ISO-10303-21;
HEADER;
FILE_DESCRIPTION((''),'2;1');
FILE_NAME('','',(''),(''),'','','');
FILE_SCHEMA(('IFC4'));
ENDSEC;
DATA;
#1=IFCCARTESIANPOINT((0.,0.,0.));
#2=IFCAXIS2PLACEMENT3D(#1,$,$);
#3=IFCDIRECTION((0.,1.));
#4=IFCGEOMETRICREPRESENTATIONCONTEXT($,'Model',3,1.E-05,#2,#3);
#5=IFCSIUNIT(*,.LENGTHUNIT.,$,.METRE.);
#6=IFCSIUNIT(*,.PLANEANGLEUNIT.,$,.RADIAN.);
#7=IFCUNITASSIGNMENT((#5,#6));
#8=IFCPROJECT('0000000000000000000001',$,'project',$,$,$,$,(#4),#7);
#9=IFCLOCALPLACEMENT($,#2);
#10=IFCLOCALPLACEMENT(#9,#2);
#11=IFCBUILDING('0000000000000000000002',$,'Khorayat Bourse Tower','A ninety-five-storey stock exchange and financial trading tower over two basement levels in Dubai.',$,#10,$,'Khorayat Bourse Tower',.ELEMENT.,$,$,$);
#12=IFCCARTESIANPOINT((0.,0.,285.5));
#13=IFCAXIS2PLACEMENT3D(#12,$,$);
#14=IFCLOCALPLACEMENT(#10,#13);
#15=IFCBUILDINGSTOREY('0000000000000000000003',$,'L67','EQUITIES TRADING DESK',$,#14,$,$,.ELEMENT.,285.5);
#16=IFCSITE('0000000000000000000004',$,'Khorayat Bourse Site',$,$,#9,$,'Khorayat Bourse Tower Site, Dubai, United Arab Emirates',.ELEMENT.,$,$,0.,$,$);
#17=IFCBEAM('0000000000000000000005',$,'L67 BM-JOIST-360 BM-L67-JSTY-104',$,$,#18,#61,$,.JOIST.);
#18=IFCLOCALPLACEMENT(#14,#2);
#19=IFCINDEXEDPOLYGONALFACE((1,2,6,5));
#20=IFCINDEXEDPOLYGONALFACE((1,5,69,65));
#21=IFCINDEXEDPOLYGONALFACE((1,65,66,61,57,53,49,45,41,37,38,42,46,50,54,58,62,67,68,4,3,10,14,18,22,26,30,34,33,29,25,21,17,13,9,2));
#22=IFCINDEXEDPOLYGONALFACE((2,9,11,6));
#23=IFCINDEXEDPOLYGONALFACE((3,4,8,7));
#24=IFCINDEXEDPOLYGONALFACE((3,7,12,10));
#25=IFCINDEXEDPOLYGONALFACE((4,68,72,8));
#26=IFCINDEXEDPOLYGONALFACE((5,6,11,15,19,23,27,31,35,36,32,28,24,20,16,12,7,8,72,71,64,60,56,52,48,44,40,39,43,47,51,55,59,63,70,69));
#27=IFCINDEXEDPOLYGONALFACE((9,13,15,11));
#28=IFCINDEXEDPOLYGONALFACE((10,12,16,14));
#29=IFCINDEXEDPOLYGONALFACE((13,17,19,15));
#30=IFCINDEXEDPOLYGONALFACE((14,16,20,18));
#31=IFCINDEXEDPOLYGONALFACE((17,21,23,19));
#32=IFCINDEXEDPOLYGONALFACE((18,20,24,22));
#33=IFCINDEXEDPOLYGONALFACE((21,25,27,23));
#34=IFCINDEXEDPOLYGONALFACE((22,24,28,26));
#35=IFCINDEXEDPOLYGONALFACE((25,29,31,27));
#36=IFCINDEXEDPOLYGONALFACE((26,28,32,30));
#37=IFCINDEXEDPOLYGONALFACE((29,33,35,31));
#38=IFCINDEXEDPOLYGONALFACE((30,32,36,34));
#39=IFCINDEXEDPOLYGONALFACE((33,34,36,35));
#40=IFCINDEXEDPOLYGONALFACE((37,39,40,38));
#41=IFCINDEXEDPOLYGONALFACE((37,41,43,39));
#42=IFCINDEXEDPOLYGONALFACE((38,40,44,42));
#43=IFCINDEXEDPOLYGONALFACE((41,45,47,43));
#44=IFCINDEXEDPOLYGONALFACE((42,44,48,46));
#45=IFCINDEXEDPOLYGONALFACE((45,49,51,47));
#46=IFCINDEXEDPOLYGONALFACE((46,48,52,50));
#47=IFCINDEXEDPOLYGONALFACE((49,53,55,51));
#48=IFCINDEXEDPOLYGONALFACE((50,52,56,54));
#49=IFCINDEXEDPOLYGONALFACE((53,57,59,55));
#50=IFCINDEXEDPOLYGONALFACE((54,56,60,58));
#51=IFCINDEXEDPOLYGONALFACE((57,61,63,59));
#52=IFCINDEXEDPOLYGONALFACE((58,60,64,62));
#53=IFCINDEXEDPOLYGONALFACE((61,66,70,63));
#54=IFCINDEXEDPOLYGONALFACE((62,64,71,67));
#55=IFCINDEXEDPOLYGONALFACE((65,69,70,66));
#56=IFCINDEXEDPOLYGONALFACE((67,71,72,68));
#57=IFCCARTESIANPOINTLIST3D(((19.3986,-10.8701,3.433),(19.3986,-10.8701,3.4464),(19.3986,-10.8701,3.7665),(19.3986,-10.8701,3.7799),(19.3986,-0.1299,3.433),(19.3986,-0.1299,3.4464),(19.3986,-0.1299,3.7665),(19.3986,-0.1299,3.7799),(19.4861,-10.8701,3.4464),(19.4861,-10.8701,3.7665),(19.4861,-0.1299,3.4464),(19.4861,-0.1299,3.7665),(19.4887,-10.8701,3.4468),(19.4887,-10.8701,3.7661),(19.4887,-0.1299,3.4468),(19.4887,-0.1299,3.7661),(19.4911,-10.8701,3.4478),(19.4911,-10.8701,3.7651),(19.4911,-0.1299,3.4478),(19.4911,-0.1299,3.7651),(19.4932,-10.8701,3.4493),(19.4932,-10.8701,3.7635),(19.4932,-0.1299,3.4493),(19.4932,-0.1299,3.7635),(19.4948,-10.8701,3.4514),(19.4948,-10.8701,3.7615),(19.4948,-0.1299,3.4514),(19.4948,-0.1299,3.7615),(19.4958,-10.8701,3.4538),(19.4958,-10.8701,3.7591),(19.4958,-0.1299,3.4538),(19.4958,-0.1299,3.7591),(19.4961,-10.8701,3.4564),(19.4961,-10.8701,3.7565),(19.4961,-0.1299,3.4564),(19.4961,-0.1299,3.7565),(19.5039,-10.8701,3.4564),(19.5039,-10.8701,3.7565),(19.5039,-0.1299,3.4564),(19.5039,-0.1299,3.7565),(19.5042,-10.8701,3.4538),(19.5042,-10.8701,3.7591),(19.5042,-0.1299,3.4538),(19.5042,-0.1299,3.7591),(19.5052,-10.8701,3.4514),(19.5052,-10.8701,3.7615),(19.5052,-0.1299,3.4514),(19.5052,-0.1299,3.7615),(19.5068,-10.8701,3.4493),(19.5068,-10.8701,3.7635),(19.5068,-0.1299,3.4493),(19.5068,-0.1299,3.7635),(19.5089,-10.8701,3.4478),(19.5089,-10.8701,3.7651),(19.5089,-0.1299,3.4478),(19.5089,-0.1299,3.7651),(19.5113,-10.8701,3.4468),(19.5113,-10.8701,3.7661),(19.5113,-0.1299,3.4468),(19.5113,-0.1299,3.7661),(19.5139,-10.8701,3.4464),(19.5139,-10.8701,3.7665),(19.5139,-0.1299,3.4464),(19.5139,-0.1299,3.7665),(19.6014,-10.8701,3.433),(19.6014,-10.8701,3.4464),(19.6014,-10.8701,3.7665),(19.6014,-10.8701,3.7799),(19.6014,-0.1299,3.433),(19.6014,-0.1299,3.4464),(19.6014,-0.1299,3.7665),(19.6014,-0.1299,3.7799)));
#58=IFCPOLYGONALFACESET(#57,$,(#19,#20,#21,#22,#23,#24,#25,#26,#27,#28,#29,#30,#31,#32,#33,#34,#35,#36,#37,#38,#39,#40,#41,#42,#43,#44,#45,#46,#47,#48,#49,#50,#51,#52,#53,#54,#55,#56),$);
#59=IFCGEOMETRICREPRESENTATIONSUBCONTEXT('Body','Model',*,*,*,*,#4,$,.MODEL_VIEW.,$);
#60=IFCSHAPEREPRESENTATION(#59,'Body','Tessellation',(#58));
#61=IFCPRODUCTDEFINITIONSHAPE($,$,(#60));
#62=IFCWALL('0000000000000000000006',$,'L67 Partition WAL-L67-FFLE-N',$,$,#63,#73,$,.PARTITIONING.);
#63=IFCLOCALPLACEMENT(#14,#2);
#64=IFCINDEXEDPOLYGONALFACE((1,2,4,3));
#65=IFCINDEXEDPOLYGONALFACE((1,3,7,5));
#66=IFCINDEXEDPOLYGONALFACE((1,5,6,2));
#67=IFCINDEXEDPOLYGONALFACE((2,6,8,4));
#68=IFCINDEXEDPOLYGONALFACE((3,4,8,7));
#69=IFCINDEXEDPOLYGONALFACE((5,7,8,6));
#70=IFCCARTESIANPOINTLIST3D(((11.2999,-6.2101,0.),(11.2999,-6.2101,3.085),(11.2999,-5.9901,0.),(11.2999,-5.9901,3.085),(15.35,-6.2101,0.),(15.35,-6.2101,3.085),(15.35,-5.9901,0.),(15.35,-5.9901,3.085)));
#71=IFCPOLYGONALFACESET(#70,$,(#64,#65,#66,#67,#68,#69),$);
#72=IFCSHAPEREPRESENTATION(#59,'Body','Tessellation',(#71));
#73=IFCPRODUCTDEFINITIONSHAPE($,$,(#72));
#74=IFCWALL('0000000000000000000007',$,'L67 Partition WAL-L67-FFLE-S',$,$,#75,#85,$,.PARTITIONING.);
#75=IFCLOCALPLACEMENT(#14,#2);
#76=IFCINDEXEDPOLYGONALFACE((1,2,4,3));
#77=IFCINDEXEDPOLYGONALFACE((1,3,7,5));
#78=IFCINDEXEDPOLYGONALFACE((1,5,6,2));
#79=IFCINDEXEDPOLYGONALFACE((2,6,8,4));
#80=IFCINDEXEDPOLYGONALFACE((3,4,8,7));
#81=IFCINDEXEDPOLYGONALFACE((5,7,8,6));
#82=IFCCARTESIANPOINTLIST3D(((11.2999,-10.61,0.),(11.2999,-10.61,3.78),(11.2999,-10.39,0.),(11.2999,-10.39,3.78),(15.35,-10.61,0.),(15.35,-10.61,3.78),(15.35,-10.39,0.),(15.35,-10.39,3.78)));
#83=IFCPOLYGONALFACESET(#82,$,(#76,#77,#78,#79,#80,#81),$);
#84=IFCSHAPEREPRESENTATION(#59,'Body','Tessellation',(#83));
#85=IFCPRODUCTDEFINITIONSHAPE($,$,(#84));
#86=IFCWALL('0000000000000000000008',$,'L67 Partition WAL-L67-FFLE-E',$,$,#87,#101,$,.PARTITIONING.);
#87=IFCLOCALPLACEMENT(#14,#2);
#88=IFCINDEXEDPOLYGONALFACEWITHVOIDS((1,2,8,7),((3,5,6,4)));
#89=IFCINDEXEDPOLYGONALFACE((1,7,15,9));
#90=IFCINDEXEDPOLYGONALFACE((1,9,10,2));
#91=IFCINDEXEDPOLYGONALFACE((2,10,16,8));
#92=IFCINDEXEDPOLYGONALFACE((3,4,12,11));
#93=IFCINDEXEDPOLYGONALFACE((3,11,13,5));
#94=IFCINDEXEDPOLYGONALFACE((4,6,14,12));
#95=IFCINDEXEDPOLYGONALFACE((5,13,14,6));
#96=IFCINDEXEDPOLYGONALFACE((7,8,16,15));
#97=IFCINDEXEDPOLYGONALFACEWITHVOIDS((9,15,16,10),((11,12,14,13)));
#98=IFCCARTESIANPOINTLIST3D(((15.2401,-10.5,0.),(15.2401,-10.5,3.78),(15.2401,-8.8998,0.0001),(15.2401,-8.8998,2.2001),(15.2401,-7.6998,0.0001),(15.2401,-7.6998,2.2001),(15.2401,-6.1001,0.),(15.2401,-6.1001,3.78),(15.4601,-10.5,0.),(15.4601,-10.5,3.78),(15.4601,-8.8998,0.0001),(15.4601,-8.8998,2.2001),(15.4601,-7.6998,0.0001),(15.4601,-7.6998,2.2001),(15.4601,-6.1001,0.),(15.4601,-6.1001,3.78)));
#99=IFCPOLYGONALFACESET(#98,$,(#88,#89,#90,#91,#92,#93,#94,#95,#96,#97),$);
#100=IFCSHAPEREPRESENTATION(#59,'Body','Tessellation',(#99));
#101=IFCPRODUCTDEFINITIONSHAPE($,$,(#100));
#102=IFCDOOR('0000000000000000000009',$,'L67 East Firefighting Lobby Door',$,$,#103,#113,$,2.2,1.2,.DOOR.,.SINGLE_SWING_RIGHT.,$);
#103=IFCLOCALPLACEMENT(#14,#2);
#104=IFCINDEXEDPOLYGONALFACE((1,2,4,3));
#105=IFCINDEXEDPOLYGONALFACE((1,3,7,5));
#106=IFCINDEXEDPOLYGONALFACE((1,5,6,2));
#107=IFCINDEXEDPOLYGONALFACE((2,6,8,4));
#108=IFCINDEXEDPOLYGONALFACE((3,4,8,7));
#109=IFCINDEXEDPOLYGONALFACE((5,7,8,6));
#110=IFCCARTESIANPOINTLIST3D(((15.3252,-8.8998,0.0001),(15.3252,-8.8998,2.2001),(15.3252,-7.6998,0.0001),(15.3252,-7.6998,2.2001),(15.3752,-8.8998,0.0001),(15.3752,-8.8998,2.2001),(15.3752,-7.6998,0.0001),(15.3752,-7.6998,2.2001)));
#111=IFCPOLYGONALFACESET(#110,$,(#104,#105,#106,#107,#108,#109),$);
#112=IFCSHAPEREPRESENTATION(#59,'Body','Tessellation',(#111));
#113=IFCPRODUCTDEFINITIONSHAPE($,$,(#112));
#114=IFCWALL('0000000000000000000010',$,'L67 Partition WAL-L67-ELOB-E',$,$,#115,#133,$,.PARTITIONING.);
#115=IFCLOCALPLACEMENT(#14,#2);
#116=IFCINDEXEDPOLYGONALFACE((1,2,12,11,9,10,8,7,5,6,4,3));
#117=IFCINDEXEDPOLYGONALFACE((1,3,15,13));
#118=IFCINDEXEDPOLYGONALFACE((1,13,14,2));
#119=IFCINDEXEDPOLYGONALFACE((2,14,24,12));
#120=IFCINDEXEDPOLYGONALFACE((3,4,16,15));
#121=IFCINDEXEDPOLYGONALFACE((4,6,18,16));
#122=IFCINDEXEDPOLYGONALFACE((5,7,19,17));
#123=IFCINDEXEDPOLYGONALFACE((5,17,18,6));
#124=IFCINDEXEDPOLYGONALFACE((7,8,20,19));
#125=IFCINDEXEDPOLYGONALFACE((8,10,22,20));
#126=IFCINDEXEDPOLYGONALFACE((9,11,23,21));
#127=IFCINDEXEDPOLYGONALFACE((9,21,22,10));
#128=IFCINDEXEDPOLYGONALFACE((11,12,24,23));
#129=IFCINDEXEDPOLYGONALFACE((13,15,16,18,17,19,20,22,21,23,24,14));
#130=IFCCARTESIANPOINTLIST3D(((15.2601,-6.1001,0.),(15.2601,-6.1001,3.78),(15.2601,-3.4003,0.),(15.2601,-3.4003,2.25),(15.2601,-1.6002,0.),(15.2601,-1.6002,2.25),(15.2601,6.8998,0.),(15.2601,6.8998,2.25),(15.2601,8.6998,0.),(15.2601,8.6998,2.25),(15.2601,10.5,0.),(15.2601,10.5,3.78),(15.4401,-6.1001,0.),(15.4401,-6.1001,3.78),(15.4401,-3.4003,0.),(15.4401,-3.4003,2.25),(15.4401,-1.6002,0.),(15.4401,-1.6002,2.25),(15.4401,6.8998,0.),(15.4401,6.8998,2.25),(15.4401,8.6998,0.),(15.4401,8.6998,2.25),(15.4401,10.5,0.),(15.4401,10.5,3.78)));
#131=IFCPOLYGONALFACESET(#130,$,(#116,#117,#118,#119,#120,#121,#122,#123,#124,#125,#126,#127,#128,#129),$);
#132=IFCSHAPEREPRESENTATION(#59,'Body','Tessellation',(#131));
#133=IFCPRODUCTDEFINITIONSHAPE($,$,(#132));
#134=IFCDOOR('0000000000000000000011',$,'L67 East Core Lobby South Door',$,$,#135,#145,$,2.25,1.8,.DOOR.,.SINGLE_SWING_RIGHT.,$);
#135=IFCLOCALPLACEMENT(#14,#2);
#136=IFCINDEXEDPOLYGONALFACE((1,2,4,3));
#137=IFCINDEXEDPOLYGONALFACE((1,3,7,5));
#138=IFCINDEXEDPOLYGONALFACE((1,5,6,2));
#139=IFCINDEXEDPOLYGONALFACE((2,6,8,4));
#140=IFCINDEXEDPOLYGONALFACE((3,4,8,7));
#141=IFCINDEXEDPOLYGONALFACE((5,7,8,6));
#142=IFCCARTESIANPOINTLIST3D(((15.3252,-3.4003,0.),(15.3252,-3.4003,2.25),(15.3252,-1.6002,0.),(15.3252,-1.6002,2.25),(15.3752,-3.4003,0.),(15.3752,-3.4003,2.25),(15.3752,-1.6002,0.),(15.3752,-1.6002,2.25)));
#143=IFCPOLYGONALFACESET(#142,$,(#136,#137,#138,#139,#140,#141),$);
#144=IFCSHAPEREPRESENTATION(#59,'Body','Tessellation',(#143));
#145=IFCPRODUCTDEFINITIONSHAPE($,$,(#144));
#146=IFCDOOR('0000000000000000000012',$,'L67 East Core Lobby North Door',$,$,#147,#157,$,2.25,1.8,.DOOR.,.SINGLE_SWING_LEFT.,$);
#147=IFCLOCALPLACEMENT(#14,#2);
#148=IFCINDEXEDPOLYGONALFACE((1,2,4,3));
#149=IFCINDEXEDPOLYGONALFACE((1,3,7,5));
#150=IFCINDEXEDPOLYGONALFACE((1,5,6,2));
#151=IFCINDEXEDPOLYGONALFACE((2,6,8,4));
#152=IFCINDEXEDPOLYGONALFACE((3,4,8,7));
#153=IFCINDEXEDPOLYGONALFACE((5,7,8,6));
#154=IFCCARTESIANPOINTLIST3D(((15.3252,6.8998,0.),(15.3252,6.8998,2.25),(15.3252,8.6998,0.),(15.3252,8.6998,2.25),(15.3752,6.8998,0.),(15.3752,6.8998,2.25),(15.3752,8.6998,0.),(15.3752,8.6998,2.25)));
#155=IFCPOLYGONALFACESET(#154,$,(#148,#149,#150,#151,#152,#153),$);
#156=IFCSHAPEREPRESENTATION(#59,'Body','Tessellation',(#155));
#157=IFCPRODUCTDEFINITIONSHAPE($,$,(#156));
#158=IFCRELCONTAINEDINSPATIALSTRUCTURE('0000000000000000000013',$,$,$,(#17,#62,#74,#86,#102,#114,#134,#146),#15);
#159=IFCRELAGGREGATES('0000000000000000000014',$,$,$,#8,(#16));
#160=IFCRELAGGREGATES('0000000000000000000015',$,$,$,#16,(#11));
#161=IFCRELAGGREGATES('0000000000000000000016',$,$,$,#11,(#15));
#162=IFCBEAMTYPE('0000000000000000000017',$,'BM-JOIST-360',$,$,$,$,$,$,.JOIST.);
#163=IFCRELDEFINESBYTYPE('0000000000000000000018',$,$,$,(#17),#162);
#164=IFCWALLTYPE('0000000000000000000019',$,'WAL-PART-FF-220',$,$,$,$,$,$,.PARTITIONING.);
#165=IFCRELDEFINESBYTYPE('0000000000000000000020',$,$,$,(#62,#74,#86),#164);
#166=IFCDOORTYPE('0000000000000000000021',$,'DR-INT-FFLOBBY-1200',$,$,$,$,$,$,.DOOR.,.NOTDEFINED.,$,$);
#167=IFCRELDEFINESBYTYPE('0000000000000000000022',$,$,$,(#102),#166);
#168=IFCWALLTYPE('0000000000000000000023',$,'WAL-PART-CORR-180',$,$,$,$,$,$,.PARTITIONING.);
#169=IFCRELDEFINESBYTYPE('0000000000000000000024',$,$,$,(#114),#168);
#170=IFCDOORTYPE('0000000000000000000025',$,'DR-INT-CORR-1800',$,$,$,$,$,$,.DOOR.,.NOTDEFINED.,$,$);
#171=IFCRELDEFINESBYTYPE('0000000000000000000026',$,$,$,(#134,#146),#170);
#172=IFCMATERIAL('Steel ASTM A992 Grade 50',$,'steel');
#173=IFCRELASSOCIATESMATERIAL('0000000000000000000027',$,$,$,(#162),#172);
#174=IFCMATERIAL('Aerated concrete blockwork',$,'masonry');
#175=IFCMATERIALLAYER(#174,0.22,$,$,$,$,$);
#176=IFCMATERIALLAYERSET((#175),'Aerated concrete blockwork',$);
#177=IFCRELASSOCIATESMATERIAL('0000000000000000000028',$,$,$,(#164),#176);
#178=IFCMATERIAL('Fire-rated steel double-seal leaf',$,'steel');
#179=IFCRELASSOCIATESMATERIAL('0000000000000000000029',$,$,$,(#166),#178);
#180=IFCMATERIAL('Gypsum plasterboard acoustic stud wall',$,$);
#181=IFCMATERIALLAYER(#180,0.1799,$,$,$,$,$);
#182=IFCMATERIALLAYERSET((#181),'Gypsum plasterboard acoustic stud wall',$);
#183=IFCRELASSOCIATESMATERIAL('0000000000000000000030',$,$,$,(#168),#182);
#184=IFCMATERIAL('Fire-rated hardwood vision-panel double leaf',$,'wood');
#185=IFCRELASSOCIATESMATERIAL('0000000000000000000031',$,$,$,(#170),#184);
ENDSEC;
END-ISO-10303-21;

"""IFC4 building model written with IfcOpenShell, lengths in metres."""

from ifc_helpers import new_model, si_unit, direction, frame, frame_2d, origin, origin_2d, place, context, subcontext, project, spatial, rectangle, i_section, extrude, source, transform, mapped, material, layer, layer_set, material_profile, profile_set, type_object, element, fill, save


model = new_model("IFC4")

# Units and contexts
model_context = context("Model", 3, precision=1e-05, world=origin(), true_north=direction((0.0, 1.0)))
body_context = subcontext(model_context, "Body", "Model", "MODEL_VIEW")
ifc_project = project(units=[si_unit("LENGTHUNIT", "METRE"), si_unit("PLANEANGLEUNIT", "RADIAN")], contexts=[model_context])

# Site, building, storey
site_placement = place(None, origin())
site = spatial("IfcSite", under=ifc_project, at=site_placement, Name="Khorayat Bourse Site", LongName="Khorayat Bourse Tower Site, Dubai, United Arab Emirates", CompositionType="ELEMENT", RefElevation=0.0)
building_placement = place(site_placement, origin())
building = spatial("IfcBuilding", under=site, at=building_placement, Name="Khorayat Bourse Tower", Description="A ninety-five-storey stock exchange and financial trading tower over two basement levels in Dubai.", LongName="Khorayat Bourse Tower", CompositionType="ELEMENT")
storey_placement = place(building_placement, frame((0.0, 0.0, 285.5)))
storey = spatial("IfcBuildingStorey", under=building, at=storey_placement, Name="L67", Description="EQUITIES TRADING DESK", CompositionType="ELEMENT", Elevation=285.5)

# Beam
ifc_material_1 = material(Name="Steel ASTM A992 Grade 50", Category="steel")
ifc_material_profile_1 = material_profile(ifc_material_1, i_section(OverallWidth=0.2029, OverallDepth=0.3469, WebThickness=0.0078, FlangeThickness=0.0134, FilletRadius=0.01, at=origin_2d()), Name="W360X64")
ifc_profile_set_1 = profile_set([ifc_material_profile_1], Name="Steel ASTM A992 Grade 50")
beam_type_1 = type_object("IfcBeamType", Name="BM-JOIST-360", PredefinedType="JOIST", material=ifc_profile_set_1)
shared_shape_1 = source(origin(), body_context, "Body", "SweptSolid", [
    extrude(i_section(OverallWidth=0.2029, OverallDepth=0.3469, WebThickness=0.0078, FlangeThickness=0.0134, FilletRadius=0.01, at=origin_2d()), origin(), (0.0, 0.0, 1.0), 10.7402),
])
beam_1_placement = place(storey_placement, frame((19.5, -10.8701, 3.6064), z_axis=(0.0, 1.0, 0.0), x_axis=(-1.0, 0.0, 0.0)))
element("IfcBeam", 1, at=beam_1_placement, inside=storey, type_object=beam_type_1, Name="L67 BM-JOIST-360 BM-L67-JSTY-104", PredefinedType="JOIST", context=body_context, shape_type="MappedRepresentation", body=[
    mapped(shared_shape_1, transform((0.0, 0.0, 0.0), scale=1.0)),
])

# Walls
ifc_material_2 = material(Name="Aerated concrete blockwork", Category="masonry")
ifc_layer_1 = layer(ifc_material_2, 0.22)
ifc_layer_set_1 = layer_set([ifc_layer_1], Name="Aerated concrete blockwork")
wall_type_1 = type_object("IfcWallType", Name="WAL-PART-FF-220", PredefinedType="PARTITIONING", material=ifc_layer_set_1)
shared_shape_2 = source(origin(), body_context, "Body", "SweptSolid", [
    extrude(rectangle(XDim=4.05, YDim=0.22, at=frame_2d((2.0249, 0.0))), origin(), (0.0, 0.0, 1.0), 3.085),
])
wall_1_placement = place(storey_placement, frame((11.3, -6.1001, 0.0), z_axis=(0.0, 0.0, 1.0), x_axis=(1.0, 0.0, 0.0)))
element("IfcWall", 2, at=wall_1_placement, inside=storey, type_object=wall_type_1, Name="L67 Partition WAL-L67-FFLE-N", PredefinedType="PARTITIONING", context=body_context, shape_type="MappedRepresentation", body=[
    mapped(shared_shape_2, transform((0.0, 0.0, 0.0), scale=1.0)),
])
shared_shape_3 = source(origin(), body_context, "Body", "SweptSolid", [
    extrude(rectangle(XDim=4.05, YDim=0.22, at=frame_2d((2.0249, 0.0))), origin(), (0.0, 0.0, 1.0), 3.78),
])
wall_2_placement = place(storey_placement, frame((11.3, -10.5, 0.0), z_axis=(0.0, 0.0, 1.0), x_axis=(1.0, 0.0, 0.0)))
element("IfcWall", 3, at=wall_2_placement, inside=storey, type_object=wall_type_1, Name="L67 Partition WAL-L67-FFLE-S", PredefinedType="PARTITIONING", context=body_context, shape_type="MappedRepresentation", body=[
    mapped(shared_shape_3, transform((0.0, 0.0, 0.0), scale=1.0)),
])

# Wall, opening, door
shared_shape_4 = source(origin(), body_context, "Body", "SweptSolid", [
    extrude(rectangle(XDim=4.3999, YDim=0.22, at=frame_2d((2.2, 0.0))), origin(), (0.0, 0.0, 1.0), 3.78),
])
wall_3_placement = place(storey_placement, frame((15.3501, -10.5, 0.0), z_axis=(0.0, 0.0, 1.0), x_axis=(0.0, 1.0, 0.0)))
wall_3 = element("IfcWall", 4, at=wall_3_placement, inside=storey, type_object=wall_type_1, Name="L67 Partition WAL-L67-FFLE-E", PredefinedType="PARTITIONING", context=body_context, shape_type="MappedRepresentation", body=[
    mapped(shared_shape_4, transform((0.0, 0.0, 0.0), scale=1.0)),
])
shared_shape_5 = source(origin(), body_context, "Body", "SweptSolid", [
    extrude(rectangle(XDim=1.2, YDim=2.2, at=frame_2d((0.6001, 1.1001))), frame((0.0, 0.1199, 0.0), z_axis=(0.0, -1.0, 0.0), x_axis=(1.0, 0.0, 0.0)), (0.0, 0.0, 1.0), 0.24),
])
opening_1_placement = place(wall_3_placement, frame((1.6001, 0.0, 0.0)))
opening_1 = element("IfcOpeningElement", 5, at=opening_1_placement, cuts=wall_3, PredefinedType="OPENING", context=body_context, shape_type="MappedRepresentation", body=[
    mapped(shared_shape_5, transform((0.0, 0.0, 0.0), scale=1.0)),
])
ifc_material_3 = material(Name="Fire-rated steel double-seal leaf", Category="steel")
door_type_1 = type_object("IfcDoorType", Name="DR-INT-FFLOBBY-1200", OperationType="NOTDEFINED", PredefinedType="DOOR", material=ifc_material_3)
shared_shape_6 = source(origin(), body_context, "Body", "SweptSolid", [
    extrude(rectangle(XDim=1.2, YDim=2.2, at=frame_2d((0.6001, 1.1001))), frame((0.0, 0.0249, 0.0), z_axis=(0.0, -1.0, 0.0), x_axis=(1.0, 0.0, 0.0)), (0.0, 0.0, 1.0), 0.05),
])
door_1_placement = place(opening_1_placement, origin())
door_1 = element("IfcDoor", 6, at=door_1_placement, inside=storey, type_object=door_type_1, Name="L67 East Firefighting Lobby Door", OperationType="SINGLE_SWING_RIGHT", OverallHeight=2.2, OverallWidth=1.2, PredefinedType="DOOR", context=body_context, shape_type="MappedRepresentation", body=[
    mapped(shared_shape_6, transform((0.0, 0.0, 0.0), scale=1.0)),
])
fill(opening_1, door_1)

# Wall, openings, doors
ifc_material_4 = material(Name="Gypsum plasterboard acoustic stud wall")
ifc_layer_2 = layer(ifc_material_4, 0.1799)
ifc_layer_set_2 = layer_set([ifc_layer_2], Name="Gypsum plasterboard acoustic stud wall")
wall_type_2 = type_object("IfcWallType", Name="WAL-PART-CORR-180", PredefinedType="PARTITIONING", material=ifc_layer_set_2)
shared_shape_7 = source(origin(), body_context, "Body", "SweptSolid", [
    extrude(rectangle(XDim=16.6001, YDim=0.1799, at=frame_2d((8.3, 0.0))), origin(), (0.0, 0.0, 1.0), 3.78),
])
wall_4_placement = place(storey_placement, frame((15.3501, -6.1001, 0.0), z_axis=(0.0, 0.0, 1.0), x_axis=(0.0, 1.0, 0.0)))
wall_4 = element("IfcWall", 7, at=wall_4_placement, inside=storey, type_object=wall_type_2, Name="L67 Partition WAL-L67-ELOB-E", PredefinedType="PARTITIONING", context=body_context, shape_type="MappedRepresentation", body=[
    mapped(shared_shape_7, transform((0.0, 0.0, 0.0), scale=1.0)),
])
shared_shape_8 = source(origin(), body_context, "Body", "SweptSolid", [
    extrude(rectangle(XDim=1.8, YDim=2.25, at=frame_2d((0.8999, 1.125))), frame((0.0, 0.0999, 0.0), z_axis=(0.0, -1.0, 0.0), x_axis=(1.0, 0.0, 0.0)), (0.0, 0.0, 1.0), 0.2),
])
opening_2_placement = place(wall_4_placement, frame((2.7, 0.0, 0.0)))
opening_2 = element("IfcOpeningElement", 8, at=opening_2_placement, cuts=wall_4, PredefinedType="OPENING", context=body_context, shape_type="MappedRepresentation", body=[
    mapped(shared_shape_8, transform((0.0, 0.0, 0.0), scale=1.0)),
])
opening_3_placement = place(wall_4_placement, frame((13.0, 0.0, 0.0)))
opening_3 = element("IfcOpeningElement", 9, at=opening_3_placement, cuts=wall_4, PredefinedType="OPENING", context=body_context, shape_type="MappedRepresentation", body=[
    mapped(shared_shape_8, transform((0.0, 0.0, 0.0), scale=1.0)),
])
ifc_material_5 = material(Name="Fire-rated hardwood vision-panel double leaf", Category="wood")
door_type_2 = type_object("IfcDoorType", Name="DR-INT-CORR-1800", OperationType="NOTDEFINED", PredefinedType="DOOR", material=ifc_material_5)
shared_shape_9 = source(origin(), body_context, "Body", "SweptSolid", [
    extrude(rectangle(XDim=1.8, YDim=2.25, at=frame_2d((0.8999, 1.125))), frame((0.0, 0.0249, 0.0), z_axis=(0.0, -1.0, 0.0), x_axis=(1.0, 0.0, 0.0)), (0.0, 0.0, 1.0), 0.05),
])
door_2_placement = place(opening_2_placement, origin())
door_2 = element("IfcDoor", 10, at=door_2_placement, inside=storey, type_object=door_type_2, Name="L67 East Core Lobby South Door", OperationType="SINGLE_SWING_RIGHT", OverallHeight=2.25, OverallWidth=1.8, PredefinedType="DOOR", context=body_context, shape_type="MappedRepresentation", body=[
    mapped(shared_shape_9, transform((0.0, 0.0, 0.0), scale=1.0)),
])
fill(opening_2, door_2)
door_3_placement = place(opening_3_placement, origin())
door_3 = element("IfcDoor", 11, at=door_3_placement, inside=storey, type_object=door_type_2, Name="L67 East Core Lobby North Door", OperationType="SINGLE_SWING_LEFT", OverallHeight=2.25, OverallWidth=1.8, PredefinedType="DOOR", context=body_context, shape_type="MappedRepresentation", body=[
    mapped(shared_shape_9, transform((0.0, 0.0, 0.0), scale=1.0)),
])
fill(opening_3, door_3)

save(model, "model.ifc")
